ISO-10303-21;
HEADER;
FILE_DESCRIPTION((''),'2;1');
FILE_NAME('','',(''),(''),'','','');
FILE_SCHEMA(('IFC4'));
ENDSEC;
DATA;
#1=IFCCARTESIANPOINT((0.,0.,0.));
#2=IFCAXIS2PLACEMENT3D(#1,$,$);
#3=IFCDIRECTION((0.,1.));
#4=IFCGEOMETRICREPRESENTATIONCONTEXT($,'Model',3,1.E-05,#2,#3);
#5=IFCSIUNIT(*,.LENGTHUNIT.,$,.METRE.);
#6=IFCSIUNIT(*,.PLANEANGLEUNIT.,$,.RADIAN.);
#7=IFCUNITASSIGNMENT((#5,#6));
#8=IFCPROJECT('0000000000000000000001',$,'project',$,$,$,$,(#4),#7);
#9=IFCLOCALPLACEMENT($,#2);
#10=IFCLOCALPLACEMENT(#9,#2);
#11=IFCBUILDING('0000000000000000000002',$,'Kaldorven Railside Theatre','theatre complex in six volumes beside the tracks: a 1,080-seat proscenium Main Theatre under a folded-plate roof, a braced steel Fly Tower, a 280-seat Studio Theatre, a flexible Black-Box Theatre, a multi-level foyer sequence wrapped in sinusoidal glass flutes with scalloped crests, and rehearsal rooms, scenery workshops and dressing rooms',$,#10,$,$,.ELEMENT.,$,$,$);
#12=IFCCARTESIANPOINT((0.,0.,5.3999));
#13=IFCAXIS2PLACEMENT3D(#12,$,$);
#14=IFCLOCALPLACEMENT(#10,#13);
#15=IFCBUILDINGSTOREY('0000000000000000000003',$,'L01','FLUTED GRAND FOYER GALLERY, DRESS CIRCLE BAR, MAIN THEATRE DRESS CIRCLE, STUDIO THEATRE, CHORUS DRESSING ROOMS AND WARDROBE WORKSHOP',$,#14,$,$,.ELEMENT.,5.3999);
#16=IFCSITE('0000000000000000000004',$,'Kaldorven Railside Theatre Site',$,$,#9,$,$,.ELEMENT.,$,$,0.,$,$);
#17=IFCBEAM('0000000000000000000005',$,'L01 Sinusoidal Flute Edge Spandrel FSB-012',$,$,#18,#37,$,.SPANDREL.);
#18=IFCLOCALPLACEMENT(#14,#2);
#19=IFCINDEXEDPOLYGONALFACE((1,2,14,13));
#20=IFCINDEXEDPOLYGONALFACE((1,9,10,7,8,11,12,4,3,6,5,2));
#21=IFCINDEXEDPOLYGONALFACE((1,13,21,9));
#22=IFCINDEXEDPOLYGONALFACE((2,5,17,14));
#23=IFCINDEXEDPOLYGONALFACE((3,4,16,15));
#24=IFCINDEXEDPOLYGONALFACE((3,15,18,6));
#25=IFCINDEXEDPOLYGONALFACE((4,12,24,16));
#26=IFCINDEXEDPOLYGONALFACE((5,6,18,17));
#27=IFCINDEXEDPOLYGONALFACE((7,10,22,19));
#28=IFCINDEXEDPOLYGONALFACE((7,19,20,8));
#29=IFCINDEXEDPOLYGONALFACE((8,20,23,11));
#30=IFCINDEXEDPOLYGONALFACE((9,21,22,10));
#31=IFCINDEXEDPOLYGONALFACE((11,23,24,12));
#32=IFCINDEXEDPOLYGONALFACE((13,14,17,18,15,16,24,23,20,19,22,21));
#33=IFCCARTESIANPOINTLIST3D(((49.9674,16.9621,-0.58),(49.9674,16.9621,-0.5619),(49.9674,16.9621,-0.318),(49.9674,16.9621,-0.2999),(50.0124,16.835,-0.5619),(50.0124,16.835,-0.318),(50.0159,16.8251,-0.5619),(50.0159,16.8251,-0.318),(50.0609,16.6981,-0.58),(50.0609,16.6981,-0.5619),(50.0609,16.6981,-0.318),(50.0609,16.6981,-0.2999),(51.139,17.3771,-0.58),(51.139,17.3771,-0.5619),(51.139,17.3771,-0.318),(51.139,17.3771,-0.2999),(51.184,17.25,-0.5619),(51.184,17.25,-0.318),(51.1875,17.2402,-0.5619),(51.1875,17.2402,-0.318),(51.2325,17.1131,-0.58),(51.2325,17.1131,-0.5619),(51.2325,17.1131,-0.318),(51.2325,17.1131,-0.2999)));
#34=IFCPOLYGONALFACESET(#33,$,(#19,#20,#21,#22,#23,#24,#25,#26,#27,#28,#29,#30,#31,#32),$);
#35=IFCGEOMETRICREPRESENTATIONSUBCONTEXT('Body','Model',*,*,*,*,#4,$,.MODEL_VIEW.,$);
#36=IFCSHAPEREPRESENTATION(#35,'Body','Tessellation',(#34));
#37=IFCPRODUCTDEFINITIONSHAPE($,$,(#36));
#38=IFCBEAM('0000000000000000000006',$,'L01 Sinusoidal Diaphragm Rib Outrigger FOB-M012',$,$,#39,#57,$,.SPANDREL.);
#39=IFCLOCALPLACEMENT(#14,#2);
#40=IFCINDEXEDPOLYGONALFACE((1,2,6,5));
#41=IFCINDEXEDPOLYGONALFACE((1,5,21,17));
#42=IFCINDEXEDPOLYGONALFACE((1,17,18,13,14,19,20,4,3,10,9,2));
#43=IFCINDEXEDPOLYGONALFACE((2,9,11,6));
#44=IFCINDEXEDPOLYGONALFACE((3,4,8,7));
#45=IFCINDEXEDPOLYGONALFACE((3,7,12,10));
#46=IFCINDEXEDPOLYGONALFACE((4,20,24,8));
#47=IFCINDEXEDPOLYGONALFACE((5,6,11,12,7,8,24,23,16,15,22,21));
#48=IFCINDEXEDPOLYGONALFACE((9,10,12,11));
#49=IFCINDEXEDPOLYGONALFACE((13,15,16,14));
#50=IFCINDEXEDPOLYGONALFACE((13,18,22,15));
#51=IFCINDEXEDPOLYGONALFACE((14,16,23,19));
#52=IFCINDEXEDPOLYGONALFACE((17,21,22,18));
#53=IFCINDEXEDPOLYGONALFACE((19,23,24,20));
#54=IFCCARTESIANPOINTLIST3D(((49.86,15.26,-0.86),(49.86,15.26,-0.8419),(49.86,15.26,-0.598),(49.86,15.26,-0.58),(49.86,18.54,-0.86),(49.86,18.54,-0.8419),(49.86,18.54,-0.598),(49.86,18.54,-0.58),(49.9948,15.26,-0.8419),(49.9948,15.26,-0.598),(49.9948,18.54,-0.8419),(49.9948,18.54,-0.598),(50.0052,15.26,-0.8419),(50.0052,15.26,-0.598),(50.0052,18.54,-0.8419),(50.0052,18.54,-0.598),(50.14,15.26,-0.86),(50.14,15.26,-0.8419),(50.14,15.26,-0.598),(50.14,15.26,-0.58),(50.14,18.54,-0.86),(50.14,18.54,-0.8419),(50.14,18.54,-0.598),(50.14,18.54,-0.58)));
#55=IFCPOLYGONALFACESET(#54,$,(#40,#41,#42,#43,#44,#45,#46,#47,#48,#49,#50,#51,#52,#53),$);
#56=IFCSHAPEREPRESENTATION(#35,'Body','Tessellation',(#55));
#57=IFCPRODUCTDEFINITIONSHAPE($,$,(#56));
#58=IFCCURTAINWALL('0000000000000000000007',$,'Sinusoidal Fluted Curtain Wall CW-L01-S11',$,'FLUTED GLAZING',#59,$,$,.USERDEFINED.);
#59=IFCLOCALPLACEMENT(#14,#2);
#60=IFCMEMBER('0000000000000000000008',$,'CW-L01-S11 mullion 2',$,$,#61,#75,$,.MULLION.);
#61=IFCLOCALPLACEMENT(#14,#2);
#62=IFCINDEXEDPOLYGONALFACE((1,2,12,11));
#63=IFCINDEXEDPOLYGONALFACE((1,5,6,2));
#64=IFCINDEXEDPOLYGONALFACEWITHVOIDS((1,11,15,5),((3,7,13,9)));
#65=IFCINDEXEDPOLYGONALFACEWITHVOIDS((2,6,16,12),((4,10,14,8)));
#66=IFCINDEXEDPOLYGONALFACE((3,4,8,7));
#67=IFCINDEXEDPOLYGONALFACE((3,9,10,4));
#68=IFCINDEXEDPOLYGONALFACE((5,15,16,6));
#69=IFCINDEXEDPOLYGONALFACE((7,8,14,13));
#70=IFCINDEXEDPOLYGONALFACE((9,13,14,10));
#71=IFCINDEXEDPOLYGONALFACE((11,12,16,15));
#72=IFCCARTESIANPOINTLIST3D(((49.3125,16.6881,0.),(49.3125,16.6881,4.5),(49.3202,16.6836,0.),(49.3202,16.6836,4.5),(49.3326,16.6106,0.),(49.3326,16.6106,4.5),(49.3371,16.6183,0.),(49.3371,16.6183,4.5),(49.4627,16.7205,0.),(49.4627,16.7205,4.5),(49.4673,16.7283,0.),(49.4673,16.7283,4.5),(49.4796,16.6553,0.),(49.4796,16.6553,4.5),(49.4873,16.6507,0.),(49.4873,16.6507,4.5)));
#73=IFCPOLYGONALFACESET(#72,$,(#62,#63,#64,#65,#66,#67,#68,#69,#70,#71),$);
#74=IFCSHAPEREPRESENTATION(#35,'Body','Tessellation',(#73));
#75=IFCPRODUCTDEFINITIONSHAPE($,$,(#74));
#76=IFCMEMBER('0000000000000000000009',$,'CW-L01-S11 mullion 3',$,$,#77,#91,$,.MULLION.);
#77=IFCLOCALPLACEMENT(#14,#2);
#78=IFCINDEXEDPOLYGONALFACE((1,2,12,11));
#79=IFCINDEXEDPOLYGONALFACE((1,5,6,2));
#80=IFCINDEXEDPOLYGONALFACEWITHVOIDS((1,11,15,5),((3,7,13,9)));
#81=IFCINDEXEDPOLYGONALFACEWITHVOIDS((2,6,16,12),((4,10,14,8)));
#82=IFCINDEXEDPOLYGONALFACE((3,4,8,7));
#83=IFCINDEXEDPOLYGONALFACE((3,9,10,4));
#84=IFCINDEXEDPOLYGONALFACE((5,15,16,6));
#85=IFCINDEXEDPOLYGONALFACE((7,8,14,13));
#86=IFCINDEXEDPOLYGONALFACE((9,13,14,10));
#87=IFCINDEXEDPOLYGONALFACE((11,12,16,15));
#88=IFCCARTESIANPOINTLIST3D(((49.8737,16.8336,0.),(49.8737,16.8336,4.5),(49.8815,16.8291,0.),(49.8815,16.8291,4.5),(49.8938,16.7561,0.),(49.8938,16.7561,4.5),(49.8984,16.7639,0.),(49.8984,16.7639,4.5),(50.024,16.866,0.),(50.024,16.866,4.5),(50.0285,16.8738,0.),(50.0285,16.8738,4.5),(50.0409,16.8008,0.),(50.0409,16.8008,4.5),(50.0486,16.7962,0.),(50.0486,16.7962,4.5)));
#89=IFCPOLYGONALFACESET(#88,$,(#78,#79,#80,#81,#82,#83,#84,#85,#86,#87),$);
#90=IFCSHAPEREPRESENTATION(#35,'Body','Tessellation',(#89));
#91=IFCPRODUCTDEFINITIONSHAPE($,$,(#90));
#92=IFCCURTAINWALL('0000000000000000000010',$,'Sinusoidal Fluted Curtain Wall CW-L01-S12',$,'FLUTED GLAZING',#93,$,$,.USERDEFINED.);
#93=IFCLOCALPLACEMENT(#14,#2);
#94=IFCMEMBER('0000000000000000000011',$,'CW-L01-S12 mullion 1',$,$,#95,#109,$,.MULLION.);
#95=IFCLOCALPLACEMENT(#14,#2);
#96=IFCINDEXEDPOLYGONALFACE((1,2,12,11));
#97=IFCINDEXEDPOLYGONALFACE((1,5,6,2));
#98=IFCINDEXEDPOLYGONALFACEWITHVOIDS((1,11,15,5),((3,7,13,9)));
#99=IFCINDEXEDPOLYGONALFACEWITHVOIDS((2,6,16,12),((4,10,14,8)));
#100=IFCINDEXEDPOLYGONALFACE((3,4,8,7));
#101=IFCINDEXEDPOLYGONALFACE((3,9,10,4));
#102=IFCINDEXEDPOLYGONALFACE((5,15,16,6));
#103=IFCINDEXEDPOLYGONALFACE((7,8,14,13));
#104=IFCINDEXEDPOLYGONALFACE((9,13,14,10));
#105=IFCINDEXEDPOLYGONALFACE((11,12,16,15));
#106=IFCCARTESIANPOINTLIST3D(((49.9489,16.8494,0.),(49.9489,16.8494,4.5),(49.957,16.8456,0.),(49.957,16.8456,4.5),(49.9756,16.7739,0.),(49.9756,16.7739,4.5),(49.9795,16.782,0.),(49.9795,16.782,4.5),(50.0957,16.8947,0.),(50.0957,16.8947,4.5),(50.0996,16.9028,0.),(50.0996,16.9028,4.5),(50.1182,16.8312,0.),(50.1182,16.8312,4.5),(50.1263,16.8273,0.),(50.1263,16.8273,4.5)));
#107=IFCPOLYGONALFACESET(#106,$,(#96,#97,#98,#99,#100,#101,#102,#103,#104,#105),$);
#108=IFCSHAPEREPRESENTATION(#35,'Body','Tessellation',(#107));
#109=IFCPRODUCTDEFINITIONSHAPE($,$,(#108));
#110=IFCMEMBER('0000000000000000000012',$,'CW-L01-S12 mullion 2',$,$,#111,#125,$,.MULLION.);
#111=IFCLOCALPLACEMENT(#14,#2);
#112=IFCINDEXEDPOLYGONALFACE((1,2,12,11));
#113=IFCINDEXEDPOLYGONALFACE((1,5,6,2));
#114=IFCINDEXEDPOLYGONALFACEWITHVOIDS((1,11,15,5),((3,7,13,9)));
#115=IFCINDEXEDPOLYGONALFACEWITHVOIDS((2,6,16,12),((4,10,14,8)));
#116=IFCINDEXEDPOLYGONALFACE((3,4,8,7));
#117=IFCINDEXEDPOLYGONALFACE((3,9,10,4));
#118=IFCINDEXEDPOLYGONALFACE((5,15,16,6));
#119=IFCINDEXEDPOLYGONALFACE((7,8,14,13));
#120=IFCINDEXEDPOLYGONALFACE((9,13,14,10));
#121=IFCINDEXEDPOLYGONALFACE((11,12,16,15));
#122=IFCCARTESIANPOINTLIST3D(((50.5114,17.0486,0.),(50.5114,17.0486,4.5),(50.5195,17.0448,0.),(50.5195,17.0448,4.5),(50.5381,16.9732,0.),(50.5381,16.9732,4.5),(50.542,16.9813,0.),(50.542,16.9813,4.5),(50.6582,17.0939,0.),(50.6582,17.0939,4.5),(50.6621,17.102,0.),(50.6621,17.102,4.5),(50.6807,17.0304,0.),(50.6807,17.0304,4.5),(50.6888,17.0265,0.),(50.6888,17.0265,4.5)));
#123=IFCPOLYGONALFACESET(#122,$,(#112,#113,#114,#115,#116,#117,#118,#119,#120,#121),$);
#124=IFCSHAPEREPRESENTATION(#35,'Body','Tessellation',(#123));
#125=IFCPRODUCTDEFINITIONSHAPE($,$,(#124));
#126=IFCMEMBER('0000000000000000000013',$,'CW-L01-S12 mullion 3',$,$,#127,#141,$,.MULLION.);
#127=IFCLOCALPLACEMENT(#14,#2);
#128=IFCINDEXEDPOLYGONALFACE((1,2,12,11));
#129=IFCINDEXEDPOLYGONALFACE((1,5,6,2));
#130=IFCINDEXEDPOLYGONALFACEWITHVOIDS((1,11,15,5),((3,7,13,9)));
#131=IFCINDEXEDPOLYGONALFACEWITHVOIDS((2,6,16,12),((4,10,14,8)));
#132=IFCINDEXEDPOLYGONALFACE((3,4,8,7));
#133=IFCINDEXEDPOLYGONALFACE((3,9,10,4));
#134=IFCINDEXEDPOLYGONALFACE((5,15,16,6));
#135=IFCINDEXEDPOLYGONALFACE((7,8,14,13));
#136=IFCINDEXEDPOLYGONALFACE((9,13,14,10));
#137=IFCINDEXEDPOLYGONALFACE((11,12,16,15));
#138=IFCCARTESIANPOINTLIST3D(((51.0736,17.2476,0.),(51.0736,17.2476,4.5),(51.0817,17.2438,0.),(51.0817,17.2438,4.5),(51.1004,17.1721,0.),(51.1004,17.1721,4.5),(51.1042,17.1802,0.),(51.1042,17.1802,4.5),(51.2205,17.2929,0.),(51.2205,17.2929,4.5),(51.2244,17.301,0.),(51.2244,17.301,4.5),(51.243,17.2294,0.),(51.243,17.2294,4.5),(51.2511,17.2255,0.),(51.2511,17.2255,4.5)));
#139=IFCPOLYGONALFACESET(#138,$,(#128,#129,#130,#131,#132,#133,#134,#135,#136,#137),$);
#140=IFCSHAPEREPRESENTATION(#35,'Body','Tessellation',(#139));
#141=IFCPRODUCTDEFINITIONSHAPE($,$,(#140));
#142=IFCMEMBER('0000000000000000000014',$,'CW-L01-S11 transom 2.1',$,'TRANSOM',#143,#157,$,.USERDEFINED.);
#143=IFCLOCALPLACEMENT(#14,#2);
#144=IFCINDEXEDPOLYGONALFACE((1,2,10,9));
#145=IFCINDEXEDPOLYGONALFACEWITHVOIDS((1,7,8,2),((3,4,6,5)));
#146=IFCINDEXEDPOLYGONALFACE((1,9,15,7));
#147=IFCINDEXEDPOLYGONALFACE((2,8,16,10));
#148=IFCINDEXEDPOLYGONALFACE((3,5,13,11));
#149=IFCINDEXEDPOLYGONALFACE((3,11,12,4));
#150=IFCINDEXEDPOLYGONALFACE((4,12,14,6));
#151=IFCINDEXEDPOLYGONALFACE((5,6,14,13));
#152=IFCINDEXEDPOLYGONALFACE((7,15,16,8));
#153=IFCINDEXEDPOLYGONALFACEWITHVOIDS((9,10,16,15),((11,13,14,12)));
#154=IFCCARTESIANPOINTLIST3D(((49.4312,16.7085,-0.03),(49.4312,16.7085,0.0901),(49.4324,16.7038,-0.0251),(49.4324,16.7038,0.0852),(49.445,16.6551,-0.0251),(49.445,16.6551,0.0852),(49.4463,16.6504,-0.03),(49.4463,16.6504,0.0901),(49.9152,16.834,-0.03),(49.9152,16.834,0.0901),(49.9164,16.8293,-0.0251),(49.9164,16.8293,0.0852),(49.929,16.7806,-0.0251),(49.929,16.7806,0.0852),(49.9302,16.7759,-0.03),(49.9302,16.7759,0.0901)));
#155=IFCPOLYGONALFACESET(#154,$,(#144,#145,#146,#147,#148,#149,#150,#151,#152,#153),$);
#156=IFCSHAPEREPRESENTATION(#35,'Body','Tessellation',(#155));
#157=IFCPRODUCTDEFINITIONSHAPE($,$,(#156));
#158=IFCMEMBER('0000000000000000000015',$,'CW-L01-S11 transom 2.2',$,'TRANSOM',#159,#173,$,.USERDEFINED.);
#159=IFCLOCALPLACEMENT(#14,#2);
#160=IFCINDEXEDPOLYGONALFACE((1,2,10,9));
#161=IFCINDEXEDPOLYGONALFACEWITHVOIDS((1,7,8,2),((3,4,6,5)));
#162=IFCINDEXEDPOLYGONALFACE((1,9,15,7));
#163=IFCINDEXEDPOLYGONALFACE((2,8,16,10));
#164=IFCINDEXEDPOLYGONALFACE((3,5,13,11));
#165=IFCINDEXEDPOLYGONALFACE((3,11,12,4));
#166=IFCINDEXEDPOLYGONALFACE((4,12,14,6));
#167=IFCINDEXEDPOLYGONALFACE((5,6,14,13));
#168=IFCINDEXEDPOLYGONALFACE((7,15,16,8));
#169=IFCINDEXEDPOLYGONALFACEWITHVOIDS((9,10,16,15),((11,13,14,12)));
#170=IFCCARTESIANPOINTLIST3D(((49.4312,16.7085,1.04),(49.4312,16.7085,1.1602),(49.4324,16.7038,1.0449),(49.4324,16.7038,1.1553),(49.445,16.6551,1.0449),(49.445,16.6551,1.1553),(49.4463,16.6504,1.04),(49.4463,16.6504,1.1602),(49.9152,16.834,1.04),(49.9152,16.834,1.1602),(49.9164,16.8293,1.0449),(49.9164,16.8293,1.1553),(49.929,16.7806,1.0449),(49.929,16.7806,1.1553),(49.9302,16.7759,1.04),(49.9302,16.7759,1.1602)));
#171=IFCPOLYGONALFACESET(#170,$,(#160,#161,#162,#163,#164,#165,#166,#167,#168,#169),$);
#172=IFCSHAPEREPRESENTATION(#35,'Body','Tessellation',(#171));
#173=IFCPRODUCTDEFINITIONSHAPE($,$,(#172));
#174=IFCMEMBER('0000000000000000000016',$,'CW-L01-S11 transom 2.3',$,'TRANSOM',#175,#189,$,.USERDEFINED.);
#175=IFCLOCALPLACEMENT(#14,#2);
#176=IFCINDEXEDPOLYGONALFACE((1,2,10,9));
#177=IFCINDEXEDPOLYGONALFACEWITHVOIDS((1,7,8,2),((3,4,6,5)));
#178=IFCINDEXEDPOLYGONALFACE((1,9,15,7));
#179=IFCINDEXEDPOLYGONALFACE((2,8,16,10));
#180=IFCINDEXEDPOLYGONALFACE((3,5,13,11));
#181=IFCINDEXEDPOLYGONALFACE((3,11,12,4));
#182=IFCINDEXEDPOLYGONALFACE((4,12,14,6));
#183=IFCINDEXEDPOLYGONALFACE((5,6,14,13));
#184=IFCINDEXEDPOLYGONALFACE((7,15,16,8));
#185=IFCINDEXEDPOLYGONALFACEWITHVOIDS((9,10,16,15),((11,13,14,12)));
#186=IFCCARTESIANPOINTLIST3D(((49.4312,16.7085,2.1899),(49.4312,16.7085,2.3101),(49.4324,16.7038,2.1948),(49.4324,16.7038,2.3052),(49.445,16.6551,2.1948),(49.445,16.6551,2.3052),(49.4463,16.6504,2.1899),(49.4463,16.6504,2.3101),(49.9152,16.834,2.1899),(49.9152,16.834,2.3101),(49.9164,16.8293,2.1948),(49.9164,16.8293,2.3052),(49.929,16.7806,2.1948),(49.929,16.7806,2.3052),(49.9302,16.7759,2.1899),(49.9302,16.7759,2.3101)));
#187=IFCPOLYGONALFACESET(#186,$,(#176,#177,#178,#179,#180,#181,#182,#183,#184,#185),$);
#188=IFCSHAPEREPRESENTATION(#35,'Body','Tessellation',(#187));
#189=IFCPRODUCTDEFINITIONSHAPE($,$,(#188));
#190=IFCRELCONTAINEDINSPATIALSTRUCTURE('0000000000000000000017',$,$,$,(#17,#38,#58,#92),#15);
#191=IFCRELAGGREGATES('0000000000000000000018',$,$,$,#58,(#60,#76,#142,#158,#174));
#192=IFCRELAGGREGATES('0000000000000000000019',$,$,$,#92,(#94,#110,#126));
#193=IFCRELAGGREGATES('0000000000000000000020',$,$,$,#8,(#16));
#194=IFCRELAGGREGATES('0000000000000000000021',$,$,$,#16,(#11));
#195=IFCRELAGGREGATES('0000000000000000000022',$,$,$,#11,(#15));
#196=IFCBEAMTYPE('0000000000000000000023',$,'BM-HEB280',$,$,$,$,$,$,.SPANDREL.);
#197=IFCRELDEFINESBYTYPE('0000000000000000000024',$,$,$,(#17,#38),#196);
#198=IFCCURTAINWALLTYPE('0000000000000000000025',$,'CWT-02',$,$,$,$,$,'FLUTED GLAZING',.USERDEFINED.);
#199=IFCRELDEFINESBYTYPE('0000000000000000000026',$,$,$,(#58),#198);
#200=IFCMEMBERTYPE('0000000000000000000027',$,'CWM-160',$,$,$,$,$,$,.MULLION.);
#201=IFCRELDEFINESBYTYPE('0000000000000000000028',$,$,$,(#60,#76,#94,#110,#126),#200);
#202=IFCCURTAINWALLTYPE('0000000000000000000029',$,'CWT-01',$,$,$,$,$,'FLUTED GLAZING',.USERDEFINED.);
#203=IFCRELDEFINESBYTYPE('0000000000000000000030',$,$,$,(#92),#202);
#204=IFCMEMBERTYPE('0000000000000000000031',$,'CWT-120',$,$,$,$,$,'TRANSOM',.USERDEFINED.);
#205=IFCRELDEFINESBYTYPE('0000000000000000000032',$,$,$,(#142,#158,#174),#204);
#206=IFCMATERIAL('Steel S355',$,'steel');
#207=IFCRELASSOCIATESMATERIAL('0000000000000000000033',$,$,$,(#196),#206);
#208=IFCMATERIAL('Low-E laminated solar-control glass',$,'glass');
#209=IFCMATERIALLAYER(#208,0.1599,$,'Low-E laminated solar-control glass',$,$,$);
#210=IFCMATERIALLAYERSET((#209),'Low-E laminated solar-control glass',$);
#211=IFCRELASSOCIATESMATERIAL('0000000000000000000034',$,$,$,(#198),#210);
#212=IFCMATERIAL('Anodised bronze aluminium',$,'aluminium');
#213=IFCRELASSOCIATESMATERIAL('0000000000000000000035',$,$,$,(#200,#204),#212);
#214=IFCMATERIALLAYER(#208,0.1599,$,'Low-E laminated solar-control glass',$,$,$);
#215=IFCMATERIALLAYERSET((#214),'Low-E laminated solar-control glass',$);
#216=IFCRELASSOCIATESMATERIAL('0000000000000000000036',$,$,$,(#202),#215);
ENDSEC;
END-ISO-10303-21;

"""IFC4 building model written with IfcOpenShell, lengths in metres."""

from ifc_helpers import new_model, si_unit, direction, frame, origin, origin_2d, place, context, subcontext, project, spatial, hollow_rectangle, i_section, extrude, material, layer, layer_set, material_profile, profile_set, type_object, element, aggregate, save


model = new_model("IFC4")

# Units and contexts
model_context = context("Model", 3, precision=1e-05, world=origin(), true_north=direction((0.0, 1.0)))
body_context = subcontext(model_context, "Body", "Model", "MODEL_VIEW")
ifc_project = project(units=[si_unit("LENGTHUNIT", "METRE"), si_unit("PLANEANGLEUNIT", "RADIAN")], contexts=[model_context])

# Site, building, storey
site_placement = place(None, origin())
site = spatial("IfcSite", under=ifc_project, at=site_placement, Name="Kaldorven Railside Theatre Site", CompositionType="ELEMENT", RefElevation=0.0)
building_placement = place(site_placement, origin())
building = spatial("IfcBuilding", under=site, at=building_placement, Name="Kaldorven Railside Theatre", Description="theatre complex in six volumes beside the tracks: a 1,080-seat proscenium Main Theatre under a folded-plate roof, a braced steel Fly Tower, a 280-seat Studio Theatre, a flexible Black-Box Theatre, a multi-level foyer sequence wrapped in sinusoidal glass flutes with scalloped crests, and rehearsal rooms, scenery workshops and dressing rooms", CompositionType="ELEMENT")
storey_placement = place(building_placement, frame((0.0, 0.0, 5.3999)))
storey = spatial("IfcBuildingStorey", under=building, at=storey_placement, Name="L01", Description="FLUTED GRAND FOYER GALLERY, DRESS CIRCLE BAR, MAIN THEATRE DRESS CIRCLE, STUDIO THEATRE, CHORUS DRESSING ROOMS AND WARDROBE WORKSHOP", CompositionType="ELEMENT", Elevation=5.3999)

# Beams
ifc_material_1 = material(Name="Steel S355", Category="steel")
ifc_material_profile_1 = material_profile(ifc_material_1, i_section(OverallWidth=0.28, OverallDepth=0.28, WebThickness=0.0105, FlangeThickness=0.0181, at=origin_2d()), Name="HEB 280")
ifc_profile_set_1 = profile_set([ifc_material_profile_1], Name="Steel S355")
beam_type = type_object("IfcBeamType", Name="BM-HEB280", PredefinedType="SPANDREL", material=ifc_profile_set_1)
beam_1_placement = place(storey_placement, frame((50.0142, 16.8301, -0.4399), z_axis=(0.942605, 0.333909, 0.0), x_axis=(-0.333909, 0.942605, 0.0)))
element("IfcBeam", 1, at=beam_1_placement, inside=storey, type_object=beam_type, Name="L01 Sinusoidal Flute Edge Spandrel FSB-012", PredefinedType="SPANDREL", context=body_context, shape_type="SweptSolid", body=[
    extrude(i_section(OverallWidth=0.28, OverallDepth=0.28, WebThickness=0.0105, FlangeThickness=0.0181, at=origin_2d()), origin(), (0.0, 0.0, 1.0), 1.2429),
])
beam_2_placement = place(storey_placement, frame((50.0, 15.26, -0.72), z_axis=(0.0, 1.0, 0.0), x_axis=(-1.0, 0.0, 0.0)))
element("IfcBeam", 2, at=beam_2_placement, inside=storey, type_object=beam_type, Name="L01 Sinusoidal Diaphragm Rib Outrigger FOB-M012", PredefinedType="SPANDREL", context=body_context, shape_type="SweptSolid", body=[
    extrude(i_section(OverallWidth=0.28, OverallDepth=0.28, WebThickness=0.0105, FlangeThickness=0.0181, at=origin_2d()), origin(), (0.0, 0.0, 1.0), 3.28),
])

# Curtain walls, members
ifc_material_2 = material(Name="Low-E laminated solar-control glass", Category="glass")
ifc_layer_1 = layer(ifc_material_2, 0.1599, Name="Low-E laminated solar-control glass")
ifc_layer_set_1 = layer_set([ifc_layer_1], Name="Low-E laminated solar-control glass")
curtain_wall_type_1 = type_object("IfcCurtainWallType", Name="CWT-02", ElementType="FLUTED GLAZING", PredefinedType="USERDEFINED", material=ifc_layer_set_1)
curtain_wall_1_placement = place(storey_placement, origin())
curtain_wall_1 = element("IfcCurtainWall", 3, at=curtain_wall_1_placement, inside=storey, type_object=curtain_wall_type_1, Name="Sinusoidal Fluted Curtain Wall CW-L01-S11", ObjectType="FLUTED GLAZING", PredefinedType="USERDEFINED")
ifc_material_3 = material(Name="Anodised bronze aluminium", Category="aluminium")
ifc_material_profile_2 = material_profile(ifc_material_3, hollow_rectangle(XDim=0.0801, YDim=0.1599, WallThickness=0.0063, at=origin_2d()), Name="RHS 160x80x6.3")
ifc_profile_set_2 = profile_set([ifc_material_profile_2], Name="Anodised bronze aluminium")
member_type_1 = type_object("IfcMemberType", Name="CWM-160", PredefinedType="MULLION", material=ifc_profile_set_2)
member_1_placement = place(storey_placement, frame((49.3999, 16.6694, 0.0), z_axis=(0.0, 0.0, 1.0), x_axis=(-0.250954, 0.967999, 0.0)))
member_1 = element("IfcMember", 4, at=member_1_placement, type_object=member_type_1, Name="CW-L01-S11 mullion 2", PredefinedType="MULLION", context=body_context, shape_type="SweptSolid", body=[
    extrude(hollow_rectangle(XDim=0.0801, YDim=0.1599, WallThickness=0.0063, at=origin_2d()), origin(), (0.0, 0.0, 1.0), 4.5),
])
member_2_placement = place(storey_placement, frame((49.9612, 16.8149, 0.0), z_axis=(0.0, 0.0, 1.0), x_axis=(-0.250954, 0.967999, 0.0)))
member_2 = element("IfcMember", 5, at=member_2_placement, type_object=member_type_1, Name="CW-L01-S11 mullion 3", PredefinedType="MULLION", context=body_context, shape_type="SweptSolid", body=[
    extrude(hollow_rectangle(XDim=0.0801, YDim=0.1599, WallThickness=0.0063, at=origin_2d()), origin(), (0.0, 0.0, 1.0), 4.5),
])
ifc_layer_2 = layer(ifc_material_2, 0.1599, Name="Low-E laminated solar-control glass")
ifc_layer_set_2 = layer_set([ifc_layer_2], Name="Low-E laminated solar-control glass")
curtain_wall_type_2 = type_object("IfcCurtainWallType", Name="CWT-01", ElementType="FLUTED GLAZING", PredefinedType="USERDEFINED", material=ifc_layer_set_2)
curtain_wall_2_placement = place(storey_placement, origin())
curtain_wall_2 = element("IfcCurtainWall", 6, at=curtain_wall_2_placement, inside=storey, type_object=curtain_wall_type_2, Name="Sinusoidal Fluted Curtain Wall CW-L01-S12", ObjectType="FLUTED GLAZING", PredefinedType="USERDEFINED")
member_3_placement = place(storey_placement, frame((50.0376, 16.8384, 0.0), z_axis=(0.0, 0.0, 1.0), x_axis=(-0.333847, 0.942627, 0.0)))
member_3 = element("IfcMember", 7, at=member_3_placement, type_object=member_type_1, Name="CW-L01-S12 mullion 1", PredefinedType="MULLION", context=body_context, shape_type="SweptSolid", body=[
    extrude(hollow_rectangle(XDim=0.0801, YDim=0.1599, WallThickness=0.0063, at=origin_2d()), origin(), (0.0, 0.0, 1.0), 4.5),
])
member_4_placement = place(storey_placement, frame((50.6001, 17.0376, 0.0), z_axis=(0.0, 0.0, 1.0), x_axis=(-0.333847, 0.942627, 0.0)))
member_4 = element("IfcMember", 8, at=member_4_placement, type_object=member_type_1, Name="CW-L01-S12 mullion 2", PredefinedType="MULLION", context=body_context, shape_type="SweptSolid", body=[
    extrude(hollow_rectangle(XDim=0.0801, YDim=0.1599, WallThickness=0.0063, at=origin_2d()), origin(), (0.0, 0.0, 1.0), 4.5),
])
member_5_placement = place(storey_placement, frame((51.1624, 17.2366, 0.0), z_axis=(0.0, 0.0, 1.0), x_axis=(-0.333847, 0.942627, 0.0)))
member_5 = element("IfcMember", 9, at=member_5_placement, type_object=member_type_1, Name="CW-L01-S12 mullion 3", PredefinedType="MULLION", context=body_context, shape_type="SweptSolid", body=[
    extrude(hollow_rectangle(XDim=0.0801, YDim=0.1599, WallThickness=0.0063, at=origin_2d()), origin(), (0.0, 0.0, 1.0), 4.5),
])

# Members
ifc_material_profile_3 = material_profile(ifc_material_3, hollow_rectangle(XDim=0.0601, YDim=0.1201, WallThickness=0.0049, at=origin_2d()), Name="RHS 120x60x5")
ifc_profile_set_3 = profile_set([ifc_material_profile_3], Name="Anodised bronze aluminium")
member_type_2 = type_object("IfcMemberType", Name="CWT-120", ElementType="TRANSOM", PredefinedType="USERDEFINED", material=ifc_profile_set_3)
member_6_placement = place(storey_placement, frame((49.4387, 16.6794, 0.03), z_axis=(0.967979, 0.25103, 0.0), x_axis=(-0.25103, 0.967979, 0.0)))
member_6 = element("IfcMember", 10, at=member_6_placement, type_object=member_type_2, Name="CW-L01-S11 transom 2.1", ObjectType="TRANSOM", PredefinedType="USERDEFINED", context=body_context, shape_type="SweptSolid", body=[
    extrude(hollow_rectangle(XDim=0.0601, YDim=0.1201, WallThickness=0.0049, at=origin_2d()), origin(), (0.0, 0.0, 1.0), 0.5),
])
member_7_placement = place(storey_placement, frame((49.4387, 16.6794, 1.1001), z_axis=(0.967979, 0.25103, 0.0), x_axis=(-0.25103, 0.967979, 0.0)))
member_7 = element("IfcMember", 11, at=member_7_placement, type_object=member_type_2, Name="CW-L01-S11 transom 2.2", ObjectType="TRANSOM", PredefinedType="USERDEFINED", context=body_context, shape_type="SweptSolid", body=[
    extrude(hollow_rectangle(XDim=0.0601, YDim=0.1201, WallThickness=0.0049, at=origin_2d()), origin(), (0.0, 0.0, 1.0), 0.5),
])
member_8_placement = place(storey_placement, frame((49.4387, 16.6794, 2.25), z_axis=(0.967979, 0.25103, 0.0), x_axis=(-0.25103, 0.967979, 0.0)))
member_8 = element("IfcMember", 12, at=member_8_placement, type_object=member_type_2, Name="CW-L01-S11 transom 2.3", ObjectType="TRANSOM", PredefinedType="USERDEFINED", context=body_context, shape_type="SweptSolid", body=[
    extrude(hollow_rectangle(XDim=0.0601, YDim=0.1201, WallThickness=0.0049, at=origin_2d()), origin(), (0.0, 0.0, 1.0), 0.5),
])

aggregate(curtain_wall_1, [member_1, member_2, member_6, member_7, member_8])
aggregate(curtain_wall_2, [member_3, member_4, member_5])

save(model, "model.ifc")
